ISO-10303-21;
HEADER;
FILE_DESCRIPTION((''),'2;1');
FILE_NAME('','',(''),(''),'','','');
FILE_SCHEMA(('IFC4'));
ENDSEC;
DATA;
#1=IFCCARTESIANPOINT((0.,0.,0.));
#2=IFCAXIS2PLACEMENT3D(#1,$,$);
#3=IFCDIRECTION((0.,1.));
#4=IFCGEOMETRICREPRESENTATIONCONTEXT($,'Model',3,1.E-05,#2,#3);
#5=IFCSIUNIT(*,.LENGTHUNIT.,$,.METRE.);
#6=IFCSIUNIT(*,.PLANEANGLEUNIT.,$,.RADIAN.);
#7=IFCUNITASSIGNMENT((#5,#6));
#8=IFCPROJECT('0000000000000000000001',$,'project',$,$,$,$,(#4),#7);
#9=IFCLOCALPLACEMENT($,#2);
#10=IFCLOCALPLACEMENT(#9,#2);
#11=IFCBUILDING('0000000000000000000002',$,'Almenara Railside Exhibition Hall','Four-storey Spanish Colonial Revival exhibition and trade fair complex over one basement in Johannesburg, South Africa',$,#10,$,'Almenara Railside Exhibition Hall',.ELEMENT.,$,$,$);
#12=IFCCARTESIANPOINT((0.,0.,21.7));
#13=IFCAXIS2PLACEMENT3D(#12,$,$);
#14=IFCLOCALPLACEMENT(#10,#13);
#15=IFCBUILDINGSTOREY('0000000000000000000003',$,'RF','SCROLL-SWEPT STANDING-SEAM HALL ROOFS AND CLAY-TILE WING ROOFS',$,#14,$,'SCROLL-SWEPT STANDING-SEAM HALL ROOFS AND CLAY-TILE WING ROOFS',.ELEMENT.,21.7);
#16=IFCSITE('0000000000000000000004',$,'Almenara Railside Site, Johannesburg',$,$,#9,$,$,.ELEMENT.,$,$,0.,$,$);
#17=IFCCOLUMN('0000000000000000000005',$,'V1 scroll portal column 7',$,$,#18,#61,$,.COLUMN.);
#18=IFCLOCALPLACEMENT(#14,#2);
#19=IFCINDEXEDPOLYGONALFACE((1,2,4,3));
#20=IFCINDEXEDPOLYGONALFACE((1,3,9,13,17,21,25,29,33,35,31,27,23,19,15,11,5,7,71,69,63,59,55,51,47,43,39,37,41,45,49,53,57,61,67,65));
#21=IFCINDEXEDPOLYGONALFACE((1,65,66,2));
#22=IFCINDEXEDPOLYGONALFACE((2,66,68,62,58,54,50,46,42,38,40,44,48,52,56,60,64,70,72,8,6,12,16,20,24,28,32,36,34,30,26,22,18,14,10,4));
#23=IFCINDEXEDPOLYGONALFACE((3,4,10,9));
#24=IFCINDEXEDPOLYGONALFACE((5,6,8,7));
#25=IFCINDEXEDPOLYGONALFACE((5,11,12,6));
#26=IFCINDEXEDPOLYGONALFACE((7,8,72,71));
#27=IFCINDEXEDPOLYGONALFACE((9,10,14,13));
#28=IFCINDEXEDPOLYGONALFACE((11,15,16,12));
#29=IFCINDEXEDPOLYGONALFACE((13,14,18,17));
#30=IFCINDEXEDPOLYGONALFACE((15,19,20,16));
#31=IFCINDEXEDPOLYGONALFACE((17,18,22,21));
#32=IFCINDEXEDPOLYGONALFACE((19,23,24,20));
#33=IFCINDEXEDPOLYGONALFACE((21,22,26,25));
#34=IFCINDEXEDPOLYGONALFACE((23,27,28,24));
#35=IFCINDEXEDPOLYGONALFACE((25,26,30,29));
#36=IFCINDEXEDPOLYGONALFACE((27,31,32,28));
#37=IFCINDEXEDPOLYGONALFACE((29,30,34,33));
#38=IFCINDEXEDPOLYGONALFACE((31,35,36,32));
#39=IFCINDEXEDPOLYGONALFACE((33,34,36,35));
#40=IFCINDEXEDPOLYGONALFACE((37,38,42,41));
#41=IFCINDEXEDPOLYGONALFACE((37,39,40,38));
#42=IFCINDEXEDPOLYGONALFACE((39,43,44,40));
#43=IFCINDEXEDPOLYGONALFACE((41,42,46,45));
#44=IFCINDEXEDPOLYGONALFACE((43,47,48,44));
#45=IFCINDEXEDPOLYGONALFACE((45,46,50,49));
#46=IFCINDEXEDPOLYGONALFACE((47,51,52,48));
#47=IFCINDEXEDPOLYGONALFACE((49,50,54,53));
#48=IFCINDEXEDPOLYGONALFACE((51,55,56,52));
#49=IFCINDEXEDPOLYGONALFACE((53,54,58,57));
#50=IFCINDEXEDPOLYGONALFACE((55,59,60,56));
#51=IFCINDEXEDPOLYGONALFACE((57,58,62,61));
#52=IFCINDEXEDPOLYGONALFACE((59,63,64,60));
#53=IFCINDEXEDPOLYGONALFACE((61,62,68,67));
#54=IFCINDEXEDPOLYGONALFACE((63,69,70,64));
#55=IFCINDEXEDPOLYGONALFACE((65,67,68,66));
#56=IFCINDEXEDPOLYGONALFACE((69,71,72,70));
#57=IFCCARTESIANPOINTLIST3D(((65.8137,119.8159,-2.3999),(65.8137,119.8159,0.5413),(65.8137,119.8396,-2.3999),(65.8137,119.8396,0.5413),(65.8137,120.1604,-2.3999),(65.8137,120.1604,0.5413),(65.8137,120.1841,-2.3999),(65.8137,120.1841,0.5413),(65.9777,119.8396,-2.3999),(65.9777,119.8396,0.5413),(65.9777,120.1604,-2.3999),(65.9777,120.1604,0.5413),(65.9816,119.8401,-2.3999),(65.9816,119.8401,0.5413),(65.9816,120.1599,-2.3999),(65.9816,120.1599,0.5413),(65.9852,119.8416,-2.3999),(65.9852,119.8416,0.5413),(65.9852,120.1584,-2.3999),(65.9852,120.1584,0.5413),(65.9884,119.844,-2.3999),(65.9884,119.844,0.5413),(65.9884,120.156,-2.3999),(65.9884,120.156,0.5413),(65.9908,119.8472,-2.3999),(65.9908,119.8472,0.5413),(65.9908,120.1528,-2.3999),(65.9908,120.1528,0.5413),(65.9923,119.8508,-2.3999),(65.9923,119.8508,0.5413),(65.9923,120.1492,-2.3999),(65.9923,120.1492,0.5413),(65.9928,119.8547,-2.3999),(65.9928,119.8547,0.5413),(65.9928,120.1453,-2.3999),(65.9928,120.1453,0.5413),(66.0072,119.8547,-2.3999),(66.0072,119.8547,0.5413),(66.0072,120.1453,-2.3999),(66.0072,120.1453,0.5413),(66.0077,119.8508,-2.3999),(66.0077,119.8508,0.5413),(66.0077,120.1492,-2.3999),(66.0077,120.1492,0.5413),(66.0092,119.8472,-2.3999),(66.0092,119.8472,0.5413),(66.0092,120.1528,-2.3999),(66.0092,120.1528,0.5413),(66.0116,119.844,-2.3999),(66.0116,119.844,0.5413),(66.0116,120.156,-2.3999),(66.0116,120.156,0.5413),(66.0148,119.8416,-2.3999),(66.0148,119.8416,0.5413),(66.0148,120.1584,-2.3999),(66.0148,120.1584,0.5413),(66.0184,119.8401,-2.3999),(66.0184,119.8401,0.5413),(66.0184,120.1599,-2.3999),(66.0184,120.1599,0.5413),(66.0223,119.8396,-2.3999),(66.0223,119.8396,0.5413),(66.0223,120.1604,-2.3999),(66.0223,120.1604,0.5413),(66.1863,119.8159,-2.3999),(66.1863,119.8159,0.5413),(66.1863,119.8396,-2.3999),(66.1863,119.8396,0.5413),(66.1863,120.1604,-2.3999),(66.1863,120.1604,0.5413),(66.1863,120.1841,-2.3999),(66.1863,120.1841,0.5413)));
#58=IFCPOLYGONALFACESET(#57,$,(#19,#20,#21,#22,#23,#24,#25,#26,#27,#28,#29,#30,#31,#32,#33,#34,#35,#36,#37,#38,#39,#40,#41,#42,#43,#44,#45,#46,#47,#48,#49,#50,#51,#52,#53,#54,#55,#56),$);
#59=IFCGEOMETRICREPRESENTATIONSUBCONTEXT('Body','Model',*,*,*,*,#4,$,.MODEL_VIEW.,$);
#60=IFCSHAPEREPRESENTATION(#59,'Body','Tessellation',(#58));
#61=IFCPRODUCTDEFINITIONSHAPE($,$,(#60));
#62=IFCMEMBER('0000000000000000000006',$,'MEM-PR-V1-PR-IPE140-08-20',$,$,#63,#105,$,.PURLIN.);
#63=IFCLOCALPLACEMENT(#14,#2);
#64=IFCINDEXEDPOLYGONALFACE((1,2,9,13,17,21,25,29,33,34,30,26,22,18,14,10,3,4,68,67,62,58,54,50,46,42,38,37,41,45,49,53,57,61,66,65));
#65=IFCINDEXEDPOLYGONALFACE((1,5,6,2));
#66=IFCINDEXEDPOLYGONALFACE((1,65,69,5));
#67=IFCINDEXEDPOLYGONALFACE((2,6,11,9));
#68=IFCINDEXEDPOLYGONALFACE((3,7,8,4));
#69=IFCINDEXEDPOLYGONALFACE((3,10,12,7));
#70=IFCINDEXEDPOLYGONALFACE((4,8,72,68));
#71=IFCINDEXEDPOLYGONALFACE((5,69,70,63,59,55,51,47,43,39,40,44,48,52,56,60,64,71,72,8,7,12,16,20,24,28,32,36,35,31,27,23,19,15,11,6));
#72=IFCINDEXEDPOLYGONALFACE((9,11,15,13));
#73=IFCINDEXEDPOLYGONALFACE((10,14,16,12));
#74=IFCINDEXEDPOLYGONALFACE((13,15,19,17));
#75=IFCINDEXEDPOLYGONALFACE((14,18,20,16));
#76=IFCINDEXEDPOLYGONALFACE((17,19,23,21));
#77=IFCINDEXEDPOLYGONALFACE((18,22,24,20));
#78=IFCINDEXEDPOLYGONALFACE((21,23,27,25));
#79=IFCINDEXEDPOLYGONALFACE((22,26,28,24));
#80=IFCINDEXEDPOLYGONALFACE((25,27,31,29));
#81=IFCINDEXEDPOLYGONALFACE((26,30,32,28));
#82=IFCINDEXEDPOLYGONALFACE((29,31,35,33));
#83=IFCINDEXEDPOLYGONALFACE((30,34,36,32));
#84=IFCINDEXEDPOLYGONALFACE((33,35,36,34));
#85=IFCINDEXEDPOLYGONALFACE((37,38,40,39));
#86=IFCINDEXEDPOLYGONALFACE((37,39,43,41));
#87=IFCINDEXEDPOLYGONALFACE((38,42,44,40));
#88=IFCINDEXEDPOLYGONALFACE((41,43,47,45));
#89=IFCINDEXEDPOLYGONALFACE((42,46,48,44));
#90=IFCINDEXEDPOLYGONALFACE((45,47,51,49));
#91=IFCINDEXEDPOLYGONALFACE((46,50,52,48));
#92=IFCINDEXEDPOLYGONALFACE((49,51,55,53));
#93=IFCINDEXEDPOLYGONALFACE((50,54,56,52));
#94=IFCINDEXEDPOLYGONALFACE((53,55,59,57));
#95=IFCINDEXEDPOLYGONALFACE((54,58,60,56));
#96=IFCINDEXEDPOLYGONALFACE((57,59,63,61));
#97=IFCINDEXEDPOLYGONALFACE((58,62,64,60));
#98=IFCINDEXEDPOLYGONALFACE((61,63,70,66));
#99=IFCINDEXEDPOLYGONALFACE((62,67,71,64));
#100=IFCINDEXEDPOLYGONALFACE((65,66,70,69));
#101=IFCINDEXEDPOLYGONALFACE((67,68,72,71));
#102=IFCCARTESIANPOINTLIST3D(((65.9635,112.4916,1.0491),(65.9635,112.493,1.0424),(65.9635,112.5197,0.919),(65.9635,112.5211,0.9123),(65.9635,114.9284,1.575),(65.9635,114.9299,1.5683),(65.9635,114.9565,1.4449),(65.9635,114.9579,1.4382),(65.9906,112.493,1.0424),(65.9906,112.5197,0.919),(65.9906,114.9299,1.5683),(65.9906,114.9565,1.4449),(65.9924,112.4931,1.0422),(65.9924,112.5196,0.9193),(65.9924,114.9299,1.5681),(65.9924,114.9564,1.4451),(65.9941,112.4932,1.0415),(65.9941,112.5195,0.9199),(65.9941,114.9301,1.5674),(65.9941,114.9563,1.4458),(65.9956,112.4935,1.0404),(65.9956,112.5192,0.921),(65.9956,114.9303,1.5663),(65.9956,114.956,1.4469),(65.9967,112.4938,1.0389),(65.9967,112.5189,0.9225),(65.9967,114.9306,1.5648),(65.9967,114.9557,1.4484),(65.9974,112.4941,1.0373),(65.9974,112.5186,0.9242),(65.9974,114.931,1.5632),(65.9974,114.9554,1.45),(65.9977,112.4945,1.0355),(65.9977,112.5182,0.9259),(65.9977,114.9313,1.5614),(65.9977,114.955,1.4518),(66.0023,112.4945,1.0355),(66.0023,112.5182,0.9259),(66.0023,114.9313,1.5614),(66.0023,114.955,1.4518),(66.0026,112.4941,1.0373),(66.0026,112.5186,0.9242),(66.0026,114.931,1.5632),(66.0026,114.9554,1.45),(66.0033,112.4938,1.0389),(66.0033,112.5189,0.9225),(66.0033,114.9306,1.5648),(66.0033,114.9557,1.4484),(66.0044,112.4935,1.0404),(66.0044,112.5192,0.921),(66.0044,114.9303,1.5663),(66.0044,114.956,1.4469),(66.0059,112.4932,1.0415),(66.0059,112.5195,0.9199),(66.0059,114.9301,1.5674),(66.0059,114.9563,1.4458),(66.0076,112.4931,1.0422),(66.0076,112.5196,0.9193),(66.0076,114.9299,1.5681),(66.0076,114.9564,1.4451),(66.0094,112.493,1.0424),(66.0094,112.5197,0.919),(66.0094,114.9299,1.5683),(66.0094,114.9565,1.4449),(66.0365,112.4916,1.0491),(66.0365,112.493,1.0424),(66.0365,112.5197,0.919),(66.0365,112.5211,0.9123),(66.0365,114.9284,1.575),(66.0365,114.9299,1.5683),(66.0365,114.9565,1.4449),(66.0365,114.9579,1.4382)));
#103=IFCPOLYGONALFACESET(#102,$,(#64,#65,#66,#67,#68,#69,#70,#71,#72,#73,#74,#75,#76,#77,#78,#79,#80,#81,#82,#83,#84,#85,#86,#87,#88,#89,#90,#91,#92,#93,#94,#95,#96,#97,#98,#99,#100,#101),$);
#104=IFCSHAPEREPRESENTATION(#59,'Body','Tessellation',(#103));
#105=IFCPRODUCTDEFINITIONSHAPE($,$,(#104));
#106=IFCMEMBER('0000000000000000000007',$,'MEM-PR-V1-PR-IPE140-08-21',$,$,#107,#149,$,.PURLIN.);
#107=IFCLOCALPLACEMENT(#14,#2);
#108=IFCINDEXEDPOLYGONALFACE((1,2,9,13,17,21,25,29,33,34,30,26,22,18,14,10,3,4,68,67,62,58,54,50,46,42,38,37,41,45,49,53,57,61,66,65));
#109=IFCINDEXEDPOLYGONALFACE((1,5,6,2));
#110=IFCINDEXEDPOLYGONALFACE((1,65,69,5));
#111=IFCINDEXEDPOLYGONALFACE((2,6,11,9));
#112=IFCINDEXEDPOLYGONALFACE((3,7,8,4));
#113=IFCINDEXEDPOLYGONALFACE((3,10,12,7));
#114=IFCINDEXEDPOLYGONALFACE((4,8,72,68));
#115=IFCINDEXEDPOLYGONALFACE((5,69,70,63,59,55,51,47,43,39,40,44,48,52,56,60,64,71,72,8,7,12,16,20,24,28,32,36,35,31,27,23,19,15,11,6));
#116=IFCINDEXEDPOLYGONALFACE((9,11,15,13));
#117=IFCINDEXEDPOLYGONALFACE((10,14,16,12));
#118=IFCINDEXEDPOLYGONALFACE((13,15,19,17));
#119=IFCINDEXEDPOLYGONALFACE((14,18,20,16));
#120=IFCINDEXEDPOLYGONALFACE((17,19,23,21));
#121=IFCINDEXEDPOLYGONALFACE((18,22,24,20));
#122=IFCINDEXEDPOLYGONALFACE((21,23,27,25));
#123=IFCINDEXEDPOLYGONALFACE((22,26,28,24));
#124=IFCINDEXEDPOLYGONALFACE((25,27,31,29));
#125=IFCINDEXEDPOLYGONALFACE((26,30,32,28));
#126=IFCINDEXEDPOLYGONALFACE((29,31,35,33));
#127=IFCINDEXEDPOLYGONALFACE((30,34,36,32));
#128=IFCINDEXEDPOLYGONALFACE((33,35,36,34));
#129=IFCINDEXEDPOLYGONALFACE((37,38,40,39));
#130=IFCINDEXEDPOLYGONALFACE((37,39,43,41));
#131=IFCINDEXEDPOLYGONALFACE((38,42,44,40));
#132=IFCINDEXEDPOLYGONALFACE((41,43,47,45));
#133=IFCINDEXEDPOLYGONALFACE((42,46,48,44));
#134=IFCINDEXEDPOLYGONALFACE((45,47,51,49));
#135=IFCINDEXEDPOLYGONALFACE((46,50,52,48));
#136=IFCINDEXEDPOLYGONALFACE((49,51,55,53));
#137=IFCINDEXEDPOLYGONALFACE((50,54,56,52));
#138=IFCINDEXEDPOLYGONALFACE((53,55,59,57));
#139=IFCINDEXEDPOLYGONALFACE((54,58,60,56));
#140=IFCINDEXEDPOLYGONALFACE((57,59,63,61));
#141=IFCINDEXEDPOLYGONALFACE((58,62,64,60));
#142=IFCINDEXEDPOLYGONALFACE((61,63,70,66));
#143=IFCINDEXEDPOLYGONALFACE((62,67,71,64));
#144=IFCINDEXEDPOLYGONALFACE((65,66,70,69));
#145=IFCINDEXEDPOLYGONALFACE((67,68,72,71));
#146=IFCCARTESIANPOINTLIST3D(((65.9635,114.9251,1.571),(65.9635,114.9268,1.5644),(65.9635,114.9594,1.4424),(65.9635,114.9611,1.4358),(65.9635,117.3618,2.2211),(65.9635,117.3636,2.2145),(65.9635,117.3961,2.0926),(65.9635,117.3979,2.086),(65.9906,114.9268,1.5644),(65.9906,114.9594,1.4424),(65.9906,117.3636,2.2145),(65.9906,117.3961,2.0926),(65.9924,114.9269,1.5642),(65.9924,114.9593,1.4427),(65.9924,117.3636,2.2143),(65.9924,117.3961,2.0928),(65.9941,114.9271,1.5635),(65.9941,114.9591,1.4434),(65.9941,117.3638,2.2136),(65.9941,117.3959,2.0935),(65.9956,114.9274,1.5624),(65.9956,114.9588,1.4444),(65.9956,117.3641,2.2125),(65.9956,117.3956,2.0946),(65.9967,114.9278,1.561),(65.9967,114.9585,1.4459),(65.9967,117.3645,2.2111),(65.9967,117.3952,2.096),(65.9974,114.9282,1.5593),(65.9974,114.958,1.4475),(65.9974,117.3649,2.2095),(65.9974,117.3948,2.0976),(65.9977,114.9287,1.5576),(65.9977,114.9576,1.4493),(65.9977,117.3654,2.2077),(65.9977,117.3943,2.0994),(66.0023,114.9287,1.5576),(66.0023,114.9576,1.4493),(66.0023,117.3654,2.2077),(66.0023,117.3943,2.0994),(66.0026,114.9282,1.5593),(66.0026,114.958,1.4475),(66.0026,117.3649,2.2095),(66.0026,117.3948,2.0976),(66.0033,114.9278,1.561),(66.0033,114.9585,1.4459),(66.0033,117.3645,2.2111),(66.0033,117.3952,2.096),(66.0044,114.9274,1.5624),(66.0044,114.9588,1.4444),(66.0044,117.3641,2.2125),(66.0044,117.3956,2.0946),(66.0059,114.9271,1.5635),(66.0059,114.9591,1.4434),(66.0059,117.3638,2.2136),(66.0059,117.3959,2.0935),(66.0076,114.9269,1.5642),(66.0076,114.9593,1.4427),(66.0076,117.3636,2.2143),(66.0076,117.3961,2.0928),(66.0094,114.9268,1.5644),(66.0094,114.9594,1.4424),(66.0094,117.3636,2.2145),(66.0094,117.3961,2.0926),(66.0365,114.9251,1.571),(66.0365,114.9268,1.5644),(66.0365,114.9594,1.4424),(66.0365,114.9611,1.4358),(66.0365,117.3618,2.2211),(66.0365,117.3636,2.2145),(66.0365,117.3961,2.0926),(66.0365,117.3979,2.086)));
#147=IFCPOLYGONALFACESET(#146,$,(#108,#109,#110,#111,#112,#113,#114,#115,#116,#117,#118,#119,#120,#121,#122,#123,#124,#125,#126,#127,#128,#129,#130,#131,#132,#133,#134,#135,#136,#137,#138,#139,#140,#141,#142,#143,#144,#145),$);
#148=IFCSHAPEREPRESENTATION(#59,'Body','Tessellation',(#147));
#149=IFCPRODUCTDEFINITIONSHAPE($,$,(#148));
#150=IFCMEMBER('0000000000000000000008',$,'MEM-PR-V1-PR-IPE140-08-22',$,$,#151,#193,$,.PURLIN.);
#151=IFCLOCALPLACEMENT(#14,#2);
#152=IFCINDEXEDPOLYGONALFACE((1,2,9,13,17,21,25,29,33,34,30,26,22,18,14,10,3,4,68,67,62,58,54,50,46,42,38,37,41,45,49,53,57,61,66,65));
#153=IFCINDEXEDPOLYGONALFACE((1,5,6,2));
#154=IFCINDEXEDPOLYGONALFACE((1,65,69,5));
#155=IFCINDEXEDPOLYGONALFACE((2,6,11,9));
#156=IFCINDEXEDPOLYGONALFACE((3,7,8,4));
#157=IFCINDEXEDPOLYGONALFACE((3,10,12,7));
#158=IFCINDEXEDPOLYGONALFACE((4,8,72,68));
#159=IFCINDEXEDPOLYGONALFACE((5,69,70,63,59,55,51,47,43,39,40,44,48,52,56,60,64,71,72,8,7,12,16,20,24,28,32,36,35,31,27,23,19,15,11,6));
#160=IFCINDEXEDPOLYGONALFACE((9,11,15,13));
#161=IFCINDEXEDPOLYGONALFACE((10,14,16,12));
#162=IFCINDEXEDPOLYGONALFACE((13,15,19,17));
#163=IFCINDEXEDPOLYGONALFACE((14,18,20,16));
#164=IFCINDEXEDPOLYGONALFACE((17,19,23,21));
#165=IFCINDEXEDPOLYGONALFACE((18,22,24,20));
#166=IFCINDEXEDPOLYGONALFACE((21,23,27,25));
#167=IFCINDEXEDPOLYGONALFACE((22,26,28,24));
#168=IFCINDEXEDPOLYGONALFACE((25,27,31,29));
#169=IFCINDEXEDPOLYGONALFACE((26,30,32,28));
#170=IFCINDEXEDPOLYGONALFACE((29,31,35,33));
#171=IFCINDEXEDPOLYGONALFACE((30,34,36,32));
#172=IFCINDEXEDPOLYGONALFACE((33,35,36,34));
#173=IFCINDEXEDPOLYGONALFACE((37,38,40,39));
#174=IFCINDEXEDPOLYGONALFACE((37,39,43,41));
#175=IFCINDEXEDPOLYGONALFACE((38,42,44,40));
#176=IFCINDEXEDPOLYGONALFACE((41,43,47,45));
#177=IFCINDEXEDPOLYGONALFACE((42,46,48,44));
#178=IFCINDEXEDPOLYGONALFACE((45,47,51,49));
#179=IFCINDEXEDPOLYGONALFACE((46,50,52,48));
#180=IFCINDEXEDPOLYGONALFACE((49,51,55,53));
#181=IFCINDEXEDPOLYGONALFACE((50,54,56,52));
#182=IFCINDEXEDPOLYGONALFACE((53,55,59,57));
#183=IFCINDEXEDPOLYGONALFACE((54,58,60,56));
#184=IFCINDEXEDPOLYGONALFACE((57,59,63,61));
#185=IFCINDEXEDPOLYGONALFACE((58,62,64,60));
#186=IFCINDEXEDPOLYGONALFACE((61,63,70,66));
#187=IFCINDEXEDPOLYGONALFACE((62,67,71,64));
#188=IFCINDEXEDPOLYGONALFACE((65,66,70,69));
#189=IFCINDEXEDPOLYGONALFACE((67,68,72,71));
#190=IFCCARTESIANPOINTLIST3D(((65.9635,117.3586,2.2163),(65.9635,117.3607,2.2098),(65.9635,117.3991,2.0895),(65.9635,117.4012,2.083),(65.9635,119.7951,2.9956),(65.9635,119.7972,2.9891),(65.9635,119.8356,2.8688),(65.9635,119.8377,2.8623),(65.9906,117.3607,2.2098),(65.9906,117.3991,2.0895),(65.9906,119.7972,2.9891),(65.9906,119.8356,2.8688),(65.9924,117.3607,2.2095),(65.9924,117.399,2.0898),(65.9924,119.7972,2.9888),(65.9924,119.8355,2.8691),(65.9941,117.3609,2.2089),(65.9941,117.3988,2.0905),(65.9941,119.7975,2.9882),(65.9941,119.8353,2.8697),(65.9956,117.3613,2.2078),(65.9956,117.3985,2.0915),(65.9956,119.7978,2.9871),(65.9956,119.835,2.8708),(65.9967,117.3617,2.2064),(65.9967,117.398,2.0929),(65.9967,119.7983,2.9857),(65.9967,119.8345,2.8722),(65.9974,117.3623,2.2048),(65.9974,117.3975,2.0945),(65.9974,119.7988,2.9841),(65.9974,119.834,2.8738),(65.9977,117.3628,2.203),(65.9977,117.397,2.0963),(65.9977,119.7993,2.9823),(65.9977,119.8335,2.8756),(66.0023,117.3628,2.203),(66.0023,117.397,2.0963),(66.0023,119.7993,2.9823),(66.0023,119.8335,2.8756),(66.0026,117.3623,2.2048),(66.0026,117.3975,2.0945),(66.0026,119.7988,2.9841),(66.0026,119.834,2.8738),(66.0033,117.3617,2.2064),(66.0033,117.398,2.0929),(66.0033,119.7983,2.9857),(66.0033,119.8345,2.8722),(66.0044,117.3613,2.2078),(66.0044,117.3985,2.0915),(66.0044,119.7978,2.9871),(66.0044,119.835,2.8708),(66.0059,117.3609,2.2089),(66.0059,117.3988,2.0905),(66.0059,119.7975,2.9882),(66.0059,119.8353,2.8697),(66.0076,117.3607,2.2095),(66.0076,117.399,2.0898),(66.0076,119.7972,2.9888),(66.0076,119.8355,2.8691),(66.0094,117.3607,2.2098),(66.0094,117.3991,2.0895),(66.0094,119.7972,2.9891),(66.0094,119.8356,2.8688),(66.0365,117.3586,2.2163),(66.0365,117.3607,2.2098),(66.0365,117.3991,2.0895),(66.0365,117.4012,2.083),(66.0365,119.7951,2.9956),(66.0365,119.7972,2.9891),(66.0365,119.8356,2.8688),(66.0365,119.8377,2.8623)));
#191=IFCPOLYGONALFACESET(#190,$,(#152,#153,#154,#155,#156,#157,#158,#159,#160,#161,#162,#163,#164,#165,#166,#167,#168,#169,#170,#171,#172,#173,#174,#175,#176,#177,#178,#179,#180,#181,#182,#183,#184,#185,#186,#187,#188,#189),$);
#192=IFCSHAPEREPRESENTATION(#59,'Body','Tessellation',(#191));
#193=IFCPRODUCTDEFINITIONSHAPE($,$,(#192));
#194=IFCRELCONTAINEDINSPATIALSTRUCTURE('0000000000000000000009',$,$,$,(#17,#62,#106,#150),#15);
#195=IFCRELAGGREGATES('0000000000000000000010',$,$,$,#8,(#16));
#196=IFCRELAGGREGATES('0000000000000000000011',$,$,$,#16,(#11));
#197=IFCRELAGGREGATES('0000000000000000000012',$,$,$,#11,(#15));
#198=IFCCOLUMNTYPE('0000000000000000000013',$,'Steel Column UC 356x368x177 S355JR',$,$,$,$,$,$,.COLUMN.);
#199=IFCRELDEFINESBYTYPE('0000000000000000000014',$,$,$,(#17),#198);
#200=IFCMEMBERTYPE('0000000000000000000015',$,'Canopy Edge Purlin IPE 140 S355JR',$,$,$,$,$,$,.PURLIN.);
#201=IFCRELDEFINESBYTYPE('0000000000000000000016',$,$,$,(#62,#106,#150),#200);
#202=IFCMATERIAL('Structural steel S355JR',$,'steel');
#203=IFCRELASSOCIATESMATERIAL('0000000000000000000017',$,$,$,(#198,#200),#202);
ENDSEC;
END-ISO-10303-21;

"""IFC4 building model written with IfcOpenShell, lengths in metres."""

from ifc_helpers import new_model, si_unit, direction, frame, origin, origin_2d, place, context, subcontext, project, spatial, i_section, extrude, material, material_profile, profile_set, type_object, element, save


model = new_model("IFC4")

# Units and contexts
model_context = context("Model", 3, precision=1e-05, world=origin(), true_north=direction((0.0, 1.0)))
body_context = subcontext(model_context, "Body", "Model", "MODEL_VIEW")
ifc_project = project(units=[si_unit("LENGTHUNIT", "METRE"), si_unit("PLANEANGLEUNIT", "RADIAN")], contexts=[model_context])

# Site, building, storey
site_placement = place(None, origin())
site = spatial("IfcSite", under=ifc_project, at=site_placement, Name="Almenara Railside Site, Johannesburg", CompositionType="ELEMENT", RefElevation=0.0)
building_placement = place(site_placement, origin())
building = spatial("IfcBuilding", under=site, at=building_placement, Name="Almenara Railside Exhibition Hall", Description="Four-storey Spanish Colonial Revival exhibition and trade fair complex over one basement in Johannesburg, South Africa", LongName="Almenara Railside Exhibition Hall", CompositionType="ELEMENT")
storey_placement = place(building_placement, frame((0.0, 0.0, 21.7)))
storey = spatial("IfcBuildingStorey", under=building, at=storey_placement, Name="RF", Description="SCROLL-SWEPT STANDING-SEAM HALL ROOFS AND CLAY-TILE WING ROOFS", LongName="SCROLL-SWEPT STANDING-SEAM HALL ROOFS AND CLAY-TILE WING ROOFS", CompositionType="ELEMENT", Elevation=21.7)

# Column
ifc_material_1 = material(Name="Structural steel S355JR", Category="steel")
ifc_material_profile_1 = material_profile(ifc_material_1, i_section(OverallWidth=0.3726, OverallDepth=0.3682, WebThickness=0.0144, FlangeThickness=0.0237, FilletRadius=0.0151, at=origin_2d()), Name="UC 356x368x177")
ifc_profile_set_1 = profile_set([ifc_material_profile_1], Name="Structural steel S355JR")
column_type = type_object("IfcColumnType", Name="Steel Column UC 356x368x177 S355JR", PredefinedType="COLUMN", material=ifc_profile_set_1)
column_placement = place(storey_placement, frame((66.0, 120.0, -2.3999), z_axis=(0.0, 0.0, 1.0), x_axis=(1.0, 0.0, 0.0)))
element("IfcColumn", 1, at=column_placement, inside=storey, type_object=column_type, Name="V1 scroll portal column 7", PredefinedType="COLUMN", context=body_context, shape_type="SweptSolid", body=[
    extrude(i_section(OverallWidth=0.3726, OverallDepth=0.3682, WebThickness=0.0144, FlangeThickness=0.0237, FilletRadius=0.0151, at=origin_2d()), origin(), (0.0, 0.0, 1.0), 2.9412),
])

# Members
ifc_material_profile_2 = material_profile(ifc_material_1, i_section(OverallWidth=0.073, OverallDepth=0.1399, WebThickness=0.0046, FlangeThickness=0.0068, FilletRadius=0.0071, at=origin_2d()), Name="IPE 140")
ifc_profile_set_2 = profile_set([ifc_material_profile_2], Name="Structural steel S355JR")
member_type_1 = type_object("IfcMemberType", Name="Canopy Edge Purlin IPE 140 S355JR", PredefinedType="PURLIN", material=ifc_profile_set_2)
member_1_placement = place(storey_placement, frame((66.0, 112.5063, 0.9807), z_axis=(0.0, 0.977496, 0.210953), x_axis=(-1.0, 0.0, 0.0)))
element("IfcMember", 2, at=member_1_placement, inside=storey, type_object=member_type_1, Name="MEM-PR-V1-PR-IPE140-08-20", PredefinedType="PURLIN", context=body_context, shape_type="SweptSolid", body=[
    extrude(i_section(OverallWidth=0.073, OverallDepth=0.1399, WebThickness=0.0046, FlangeThickness=0.0068, FilletRadius=0.0071, at=origin_2d()), origin(), (0.0, 0.0, 1.0), 2.4929),
])
member_2_placement = place(storey_placement, frame((66.0, 114.9431, 1.5034), z_axis=(0.0, 0.966201, 0.257789), x_axis=(-1.0, 0.0, 0.0)))
element("IfcMember", 3, at=member_2_placement, inside=storey, type_object=member_type_1, Name="MEM-PR-V1-PR-IPE140-08-21", PredefinedType="PURLIN", context=body_context, shape_type="SweptSolid", body=[
    extrude(i_section(OverallWidth=0.073, OverallDepth=0.1399, WebThickness=0.0046, FlangeThickness=0.0068, FilletRadius=0.0071, at=origin_2d()), origin(), (0.0, 0.0, 1.0), 2.522),
])
member_3_placement = place(storey_placement, frame((66.0, 117.3799, 2.1497), z_axis=(0.0, 0.952468, 0.304637), x_axis=(-1.0, 0.0, 0.0)))
element("IfcMember", 4, at=member_3_placement, inside=storey, type_object=member_type_1, Name="MEM-PR-V1-PR-IPE140-08-22", PredefinedType="PURLIN", context=body_context, shape_type="SweptSolid", body=[
    extrude(i_section(OverallWidth=0.073, OverallDepth=0.1399, WebThickness=0.0046, FlangeThickness=0.0068, FilletRadius=0.0071, at=origin_2d()), origin(), (0.0, 0.0, 1.0), 2.5581),
])

save(model, "model.ifc")
